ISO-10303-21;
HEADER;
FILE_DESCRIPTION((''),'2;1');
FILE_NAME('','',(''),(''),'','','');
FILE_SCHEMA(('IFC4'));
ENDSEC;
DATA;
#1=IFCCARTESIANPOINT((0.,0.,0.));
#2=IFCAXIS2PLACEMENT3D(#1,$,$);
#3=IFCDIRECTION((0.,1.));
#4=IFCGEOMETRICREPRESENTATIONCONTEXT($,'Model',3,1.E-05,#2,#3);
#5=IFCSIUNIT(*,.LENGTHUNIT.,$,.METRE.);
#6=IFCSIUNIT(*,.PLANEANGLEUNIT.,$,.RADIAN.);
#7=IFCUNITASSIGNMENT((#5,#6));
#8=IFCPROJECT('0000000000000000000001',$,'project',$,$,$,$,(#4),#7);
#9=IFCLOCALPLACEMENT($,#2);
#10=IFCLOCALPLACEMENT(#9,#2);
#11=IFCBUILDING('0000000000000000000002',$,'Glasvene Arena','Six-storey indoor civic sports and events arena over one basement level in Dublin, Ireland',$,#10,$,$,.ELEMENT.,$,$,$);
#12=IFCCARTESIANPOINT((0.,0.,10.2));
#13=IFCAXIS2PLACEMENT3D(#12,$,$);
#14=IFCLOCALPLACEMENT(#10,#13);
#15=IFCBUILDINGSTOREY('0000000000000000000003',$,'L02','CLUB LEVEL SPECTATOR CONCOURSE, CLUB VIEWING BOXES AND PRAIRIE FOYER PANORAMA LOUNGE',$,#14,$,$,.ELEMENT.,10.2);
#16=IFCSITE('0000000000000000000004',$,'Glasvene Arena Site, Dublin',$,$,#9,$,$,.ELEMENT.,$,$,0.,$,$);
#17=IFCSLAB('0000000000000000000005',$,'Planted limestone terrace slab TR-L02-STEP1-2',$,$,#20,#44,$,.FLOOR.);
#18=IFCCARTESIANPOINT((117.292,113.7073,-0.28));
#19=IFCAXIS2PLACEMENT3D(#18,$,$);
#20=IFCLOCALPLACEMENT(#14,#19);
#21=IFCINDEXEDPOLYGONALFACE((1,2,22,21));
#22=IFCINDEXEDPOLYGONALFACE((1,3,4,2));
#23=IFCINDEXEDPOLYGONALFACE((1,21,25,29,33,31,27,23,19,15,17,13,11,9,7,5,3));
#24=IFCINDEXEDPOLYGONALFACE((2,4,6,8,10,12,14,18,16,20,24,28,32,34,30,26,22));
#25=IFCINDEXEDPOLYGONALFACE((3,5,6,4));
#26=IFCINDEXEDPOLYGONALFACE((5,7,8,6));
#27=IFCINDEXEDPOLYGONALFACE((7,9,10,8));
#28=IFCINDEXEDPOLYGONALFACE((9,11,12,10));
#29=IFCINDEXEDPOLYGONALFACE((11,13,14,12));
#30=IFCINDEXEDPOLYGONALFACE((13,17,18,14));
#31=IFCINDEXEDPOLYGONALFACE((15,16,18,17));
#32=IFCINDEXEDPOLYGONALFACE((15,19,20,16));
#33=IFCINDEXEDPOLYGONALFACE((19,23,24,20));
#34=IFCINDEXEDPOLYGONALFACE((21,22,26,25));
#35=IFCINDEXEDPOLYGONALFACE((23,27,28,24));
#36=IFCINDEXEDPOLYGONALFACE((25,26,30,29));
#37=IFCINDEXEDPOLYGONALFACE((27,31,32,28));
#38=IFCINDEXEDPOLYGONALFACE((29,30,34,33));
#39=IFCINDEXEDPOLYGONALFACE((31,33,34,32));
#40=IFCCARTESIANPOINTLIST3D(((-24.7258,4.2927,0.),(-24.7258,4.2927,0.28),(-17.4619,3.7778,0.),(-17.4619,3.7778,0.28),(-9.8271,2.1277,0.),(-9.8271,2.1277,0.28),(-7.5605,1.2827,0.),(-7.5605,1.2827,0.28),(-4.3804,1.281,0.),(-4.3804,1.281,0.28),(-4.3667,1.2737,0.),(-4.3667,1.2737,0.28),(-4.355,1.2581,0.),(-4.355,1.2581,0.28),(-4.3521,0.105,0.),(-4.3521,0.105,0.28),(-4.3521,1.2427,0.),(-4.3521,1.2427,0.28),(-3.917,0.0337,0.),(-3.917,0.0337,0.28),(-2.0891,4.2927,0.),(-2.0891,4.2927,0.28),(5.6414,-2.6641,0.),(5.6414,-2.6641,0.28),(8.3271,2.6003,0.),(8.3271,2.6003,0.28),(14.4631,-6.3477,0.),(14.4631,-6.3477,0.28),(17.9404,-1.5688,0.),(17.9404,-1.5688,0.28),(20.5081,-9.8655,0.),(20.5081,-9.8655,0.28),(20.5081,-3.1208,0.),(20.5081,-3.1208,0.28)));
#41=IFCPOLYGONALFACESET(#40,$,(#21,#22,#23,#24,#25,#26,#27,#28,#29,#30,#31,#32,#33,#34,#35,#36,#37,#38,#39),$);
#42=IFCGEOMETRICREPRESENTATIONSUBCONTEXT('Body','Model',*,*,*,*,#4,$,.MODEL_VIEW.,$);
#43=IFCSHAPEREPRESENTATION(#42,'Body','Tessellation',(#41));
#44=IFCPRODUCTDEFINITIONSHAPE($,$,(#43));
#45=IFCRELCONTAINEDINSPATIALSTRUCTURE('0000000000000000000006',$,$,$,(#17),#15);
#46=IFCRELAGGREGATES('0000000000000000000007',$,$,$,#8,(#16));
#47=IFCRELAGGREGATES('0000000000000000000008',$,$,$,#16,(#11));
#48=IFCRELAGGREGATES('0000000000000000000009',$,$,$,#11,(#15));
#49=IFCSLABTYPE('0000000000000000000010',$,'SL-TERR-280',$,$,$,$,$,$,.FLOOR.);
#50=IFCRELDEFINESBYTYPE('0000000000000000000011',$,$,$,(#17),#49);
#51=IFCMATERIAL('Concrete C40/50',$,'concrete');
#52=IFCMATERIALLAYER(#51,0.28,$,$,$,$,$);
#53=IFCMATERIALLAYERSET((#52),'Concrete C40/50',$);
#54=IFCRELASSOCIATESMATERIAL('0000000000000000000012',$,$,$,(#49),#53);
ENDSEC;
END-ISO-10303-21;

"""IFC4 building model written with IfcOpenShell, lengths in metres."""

from ifc_helpers import new_model, si_unit, direction, frame, origin, place, context, subcontext, project, spatial, polyline, outline, extrude, material, layer, layer_set, type_object, element, save


model = new_model("IFC4")

# Units and contexts
model_context = context("Model", 3, precision=1e-05, world=origin(), true_north=direction((0.0, 1.0)))
body_context = subcontext(model_context, "Body", "Model", "MODEL_VIEW")
ifc_project = project(units=[si_unit("LENGTHUNIT", "METRE"), si_unit("PLANEANGLEUNIT", "RADIAN")], contexts=[model_context])

# Site, building, storey
site_placement = place(None, origin())
site = spatial("IfcSite", under=ifc_project, at=site_placement, Name="Glasvene Arena Site, Dublin", CompositionType="ELEMENT", RefElevation=0.0)
building_placement = place(site_placement, origin())
building = spatial("IfcBuilding", under=site, at=building_placement, Name="Glasvene Arena", Description="Six-storey indoor civic sports and events arena over one basement level in Dublin, Ireland", CompositionType="ELEMENT")
storey_placement = place(building_placement, frame((0.0, 0.0, 10.2)))
storey = spatial("IfcBuildingStorey", under=building, at=storey_placement, Name="L02", Description="CLUB LEVEL SPECTATOR CONCOURSE, CLUB VIEWING BOXES AND PRAIRIE FOYER PANORAMA LOUNGE", CompositionType="ELEMENT", Elevation=10.2)

# Shared definitions
ifc_material_1 = material(Name="Concrete C40/50", Category="concrete")

# Slab
ifc_layer_1 = layer(ifc_material_1, 0.28)
ifc_layer_set_1 = layer_set([ifc_layer_1], Name="Concrete C40/50")
slab_type_1 = type_object("IfcSlabType", Name="SL-TERR-280", PredefinedType="FLOOR", material=ifc_layer_set_1)
slab_1_placement = place(storey_placement, frame((117.292, 113.7073, -0.28)))
element("IfcSlab", 1, at=slab_1_placement, inside=storey, type_object=slab_type_1, Name="Planted limestone terrace slab TR-L02-STEP1-2", PredefinedType="FLOOR", context=body_context, shape_type="SweptSolid", body=[
    extrude(outline(polyline([(-24.7258, 4.2927), (-2.0891, 4.2927), (8.3271, 2.6003), (17.9404, -1.5688), (20.5081, -3.1208), (20.5081, -9.8655), (14.4631, -6.3477), (5.6414, -2.6641), (-3.917, 0.0337), (-4.3521, 0.105), (-4.3521, 1.2427), (-4.355, 1.2581), (-4.3667, 1.2737), (-4.3804, 1.281), (-7.5605, 1.2827), (-9.8271, 2.1277), (-17.4619, 3.7778), (-24.7258, 4.2927)])), origin(), (0.0, 0.0, 1.0), 0.28),
])

save(model, "model.ifc")
